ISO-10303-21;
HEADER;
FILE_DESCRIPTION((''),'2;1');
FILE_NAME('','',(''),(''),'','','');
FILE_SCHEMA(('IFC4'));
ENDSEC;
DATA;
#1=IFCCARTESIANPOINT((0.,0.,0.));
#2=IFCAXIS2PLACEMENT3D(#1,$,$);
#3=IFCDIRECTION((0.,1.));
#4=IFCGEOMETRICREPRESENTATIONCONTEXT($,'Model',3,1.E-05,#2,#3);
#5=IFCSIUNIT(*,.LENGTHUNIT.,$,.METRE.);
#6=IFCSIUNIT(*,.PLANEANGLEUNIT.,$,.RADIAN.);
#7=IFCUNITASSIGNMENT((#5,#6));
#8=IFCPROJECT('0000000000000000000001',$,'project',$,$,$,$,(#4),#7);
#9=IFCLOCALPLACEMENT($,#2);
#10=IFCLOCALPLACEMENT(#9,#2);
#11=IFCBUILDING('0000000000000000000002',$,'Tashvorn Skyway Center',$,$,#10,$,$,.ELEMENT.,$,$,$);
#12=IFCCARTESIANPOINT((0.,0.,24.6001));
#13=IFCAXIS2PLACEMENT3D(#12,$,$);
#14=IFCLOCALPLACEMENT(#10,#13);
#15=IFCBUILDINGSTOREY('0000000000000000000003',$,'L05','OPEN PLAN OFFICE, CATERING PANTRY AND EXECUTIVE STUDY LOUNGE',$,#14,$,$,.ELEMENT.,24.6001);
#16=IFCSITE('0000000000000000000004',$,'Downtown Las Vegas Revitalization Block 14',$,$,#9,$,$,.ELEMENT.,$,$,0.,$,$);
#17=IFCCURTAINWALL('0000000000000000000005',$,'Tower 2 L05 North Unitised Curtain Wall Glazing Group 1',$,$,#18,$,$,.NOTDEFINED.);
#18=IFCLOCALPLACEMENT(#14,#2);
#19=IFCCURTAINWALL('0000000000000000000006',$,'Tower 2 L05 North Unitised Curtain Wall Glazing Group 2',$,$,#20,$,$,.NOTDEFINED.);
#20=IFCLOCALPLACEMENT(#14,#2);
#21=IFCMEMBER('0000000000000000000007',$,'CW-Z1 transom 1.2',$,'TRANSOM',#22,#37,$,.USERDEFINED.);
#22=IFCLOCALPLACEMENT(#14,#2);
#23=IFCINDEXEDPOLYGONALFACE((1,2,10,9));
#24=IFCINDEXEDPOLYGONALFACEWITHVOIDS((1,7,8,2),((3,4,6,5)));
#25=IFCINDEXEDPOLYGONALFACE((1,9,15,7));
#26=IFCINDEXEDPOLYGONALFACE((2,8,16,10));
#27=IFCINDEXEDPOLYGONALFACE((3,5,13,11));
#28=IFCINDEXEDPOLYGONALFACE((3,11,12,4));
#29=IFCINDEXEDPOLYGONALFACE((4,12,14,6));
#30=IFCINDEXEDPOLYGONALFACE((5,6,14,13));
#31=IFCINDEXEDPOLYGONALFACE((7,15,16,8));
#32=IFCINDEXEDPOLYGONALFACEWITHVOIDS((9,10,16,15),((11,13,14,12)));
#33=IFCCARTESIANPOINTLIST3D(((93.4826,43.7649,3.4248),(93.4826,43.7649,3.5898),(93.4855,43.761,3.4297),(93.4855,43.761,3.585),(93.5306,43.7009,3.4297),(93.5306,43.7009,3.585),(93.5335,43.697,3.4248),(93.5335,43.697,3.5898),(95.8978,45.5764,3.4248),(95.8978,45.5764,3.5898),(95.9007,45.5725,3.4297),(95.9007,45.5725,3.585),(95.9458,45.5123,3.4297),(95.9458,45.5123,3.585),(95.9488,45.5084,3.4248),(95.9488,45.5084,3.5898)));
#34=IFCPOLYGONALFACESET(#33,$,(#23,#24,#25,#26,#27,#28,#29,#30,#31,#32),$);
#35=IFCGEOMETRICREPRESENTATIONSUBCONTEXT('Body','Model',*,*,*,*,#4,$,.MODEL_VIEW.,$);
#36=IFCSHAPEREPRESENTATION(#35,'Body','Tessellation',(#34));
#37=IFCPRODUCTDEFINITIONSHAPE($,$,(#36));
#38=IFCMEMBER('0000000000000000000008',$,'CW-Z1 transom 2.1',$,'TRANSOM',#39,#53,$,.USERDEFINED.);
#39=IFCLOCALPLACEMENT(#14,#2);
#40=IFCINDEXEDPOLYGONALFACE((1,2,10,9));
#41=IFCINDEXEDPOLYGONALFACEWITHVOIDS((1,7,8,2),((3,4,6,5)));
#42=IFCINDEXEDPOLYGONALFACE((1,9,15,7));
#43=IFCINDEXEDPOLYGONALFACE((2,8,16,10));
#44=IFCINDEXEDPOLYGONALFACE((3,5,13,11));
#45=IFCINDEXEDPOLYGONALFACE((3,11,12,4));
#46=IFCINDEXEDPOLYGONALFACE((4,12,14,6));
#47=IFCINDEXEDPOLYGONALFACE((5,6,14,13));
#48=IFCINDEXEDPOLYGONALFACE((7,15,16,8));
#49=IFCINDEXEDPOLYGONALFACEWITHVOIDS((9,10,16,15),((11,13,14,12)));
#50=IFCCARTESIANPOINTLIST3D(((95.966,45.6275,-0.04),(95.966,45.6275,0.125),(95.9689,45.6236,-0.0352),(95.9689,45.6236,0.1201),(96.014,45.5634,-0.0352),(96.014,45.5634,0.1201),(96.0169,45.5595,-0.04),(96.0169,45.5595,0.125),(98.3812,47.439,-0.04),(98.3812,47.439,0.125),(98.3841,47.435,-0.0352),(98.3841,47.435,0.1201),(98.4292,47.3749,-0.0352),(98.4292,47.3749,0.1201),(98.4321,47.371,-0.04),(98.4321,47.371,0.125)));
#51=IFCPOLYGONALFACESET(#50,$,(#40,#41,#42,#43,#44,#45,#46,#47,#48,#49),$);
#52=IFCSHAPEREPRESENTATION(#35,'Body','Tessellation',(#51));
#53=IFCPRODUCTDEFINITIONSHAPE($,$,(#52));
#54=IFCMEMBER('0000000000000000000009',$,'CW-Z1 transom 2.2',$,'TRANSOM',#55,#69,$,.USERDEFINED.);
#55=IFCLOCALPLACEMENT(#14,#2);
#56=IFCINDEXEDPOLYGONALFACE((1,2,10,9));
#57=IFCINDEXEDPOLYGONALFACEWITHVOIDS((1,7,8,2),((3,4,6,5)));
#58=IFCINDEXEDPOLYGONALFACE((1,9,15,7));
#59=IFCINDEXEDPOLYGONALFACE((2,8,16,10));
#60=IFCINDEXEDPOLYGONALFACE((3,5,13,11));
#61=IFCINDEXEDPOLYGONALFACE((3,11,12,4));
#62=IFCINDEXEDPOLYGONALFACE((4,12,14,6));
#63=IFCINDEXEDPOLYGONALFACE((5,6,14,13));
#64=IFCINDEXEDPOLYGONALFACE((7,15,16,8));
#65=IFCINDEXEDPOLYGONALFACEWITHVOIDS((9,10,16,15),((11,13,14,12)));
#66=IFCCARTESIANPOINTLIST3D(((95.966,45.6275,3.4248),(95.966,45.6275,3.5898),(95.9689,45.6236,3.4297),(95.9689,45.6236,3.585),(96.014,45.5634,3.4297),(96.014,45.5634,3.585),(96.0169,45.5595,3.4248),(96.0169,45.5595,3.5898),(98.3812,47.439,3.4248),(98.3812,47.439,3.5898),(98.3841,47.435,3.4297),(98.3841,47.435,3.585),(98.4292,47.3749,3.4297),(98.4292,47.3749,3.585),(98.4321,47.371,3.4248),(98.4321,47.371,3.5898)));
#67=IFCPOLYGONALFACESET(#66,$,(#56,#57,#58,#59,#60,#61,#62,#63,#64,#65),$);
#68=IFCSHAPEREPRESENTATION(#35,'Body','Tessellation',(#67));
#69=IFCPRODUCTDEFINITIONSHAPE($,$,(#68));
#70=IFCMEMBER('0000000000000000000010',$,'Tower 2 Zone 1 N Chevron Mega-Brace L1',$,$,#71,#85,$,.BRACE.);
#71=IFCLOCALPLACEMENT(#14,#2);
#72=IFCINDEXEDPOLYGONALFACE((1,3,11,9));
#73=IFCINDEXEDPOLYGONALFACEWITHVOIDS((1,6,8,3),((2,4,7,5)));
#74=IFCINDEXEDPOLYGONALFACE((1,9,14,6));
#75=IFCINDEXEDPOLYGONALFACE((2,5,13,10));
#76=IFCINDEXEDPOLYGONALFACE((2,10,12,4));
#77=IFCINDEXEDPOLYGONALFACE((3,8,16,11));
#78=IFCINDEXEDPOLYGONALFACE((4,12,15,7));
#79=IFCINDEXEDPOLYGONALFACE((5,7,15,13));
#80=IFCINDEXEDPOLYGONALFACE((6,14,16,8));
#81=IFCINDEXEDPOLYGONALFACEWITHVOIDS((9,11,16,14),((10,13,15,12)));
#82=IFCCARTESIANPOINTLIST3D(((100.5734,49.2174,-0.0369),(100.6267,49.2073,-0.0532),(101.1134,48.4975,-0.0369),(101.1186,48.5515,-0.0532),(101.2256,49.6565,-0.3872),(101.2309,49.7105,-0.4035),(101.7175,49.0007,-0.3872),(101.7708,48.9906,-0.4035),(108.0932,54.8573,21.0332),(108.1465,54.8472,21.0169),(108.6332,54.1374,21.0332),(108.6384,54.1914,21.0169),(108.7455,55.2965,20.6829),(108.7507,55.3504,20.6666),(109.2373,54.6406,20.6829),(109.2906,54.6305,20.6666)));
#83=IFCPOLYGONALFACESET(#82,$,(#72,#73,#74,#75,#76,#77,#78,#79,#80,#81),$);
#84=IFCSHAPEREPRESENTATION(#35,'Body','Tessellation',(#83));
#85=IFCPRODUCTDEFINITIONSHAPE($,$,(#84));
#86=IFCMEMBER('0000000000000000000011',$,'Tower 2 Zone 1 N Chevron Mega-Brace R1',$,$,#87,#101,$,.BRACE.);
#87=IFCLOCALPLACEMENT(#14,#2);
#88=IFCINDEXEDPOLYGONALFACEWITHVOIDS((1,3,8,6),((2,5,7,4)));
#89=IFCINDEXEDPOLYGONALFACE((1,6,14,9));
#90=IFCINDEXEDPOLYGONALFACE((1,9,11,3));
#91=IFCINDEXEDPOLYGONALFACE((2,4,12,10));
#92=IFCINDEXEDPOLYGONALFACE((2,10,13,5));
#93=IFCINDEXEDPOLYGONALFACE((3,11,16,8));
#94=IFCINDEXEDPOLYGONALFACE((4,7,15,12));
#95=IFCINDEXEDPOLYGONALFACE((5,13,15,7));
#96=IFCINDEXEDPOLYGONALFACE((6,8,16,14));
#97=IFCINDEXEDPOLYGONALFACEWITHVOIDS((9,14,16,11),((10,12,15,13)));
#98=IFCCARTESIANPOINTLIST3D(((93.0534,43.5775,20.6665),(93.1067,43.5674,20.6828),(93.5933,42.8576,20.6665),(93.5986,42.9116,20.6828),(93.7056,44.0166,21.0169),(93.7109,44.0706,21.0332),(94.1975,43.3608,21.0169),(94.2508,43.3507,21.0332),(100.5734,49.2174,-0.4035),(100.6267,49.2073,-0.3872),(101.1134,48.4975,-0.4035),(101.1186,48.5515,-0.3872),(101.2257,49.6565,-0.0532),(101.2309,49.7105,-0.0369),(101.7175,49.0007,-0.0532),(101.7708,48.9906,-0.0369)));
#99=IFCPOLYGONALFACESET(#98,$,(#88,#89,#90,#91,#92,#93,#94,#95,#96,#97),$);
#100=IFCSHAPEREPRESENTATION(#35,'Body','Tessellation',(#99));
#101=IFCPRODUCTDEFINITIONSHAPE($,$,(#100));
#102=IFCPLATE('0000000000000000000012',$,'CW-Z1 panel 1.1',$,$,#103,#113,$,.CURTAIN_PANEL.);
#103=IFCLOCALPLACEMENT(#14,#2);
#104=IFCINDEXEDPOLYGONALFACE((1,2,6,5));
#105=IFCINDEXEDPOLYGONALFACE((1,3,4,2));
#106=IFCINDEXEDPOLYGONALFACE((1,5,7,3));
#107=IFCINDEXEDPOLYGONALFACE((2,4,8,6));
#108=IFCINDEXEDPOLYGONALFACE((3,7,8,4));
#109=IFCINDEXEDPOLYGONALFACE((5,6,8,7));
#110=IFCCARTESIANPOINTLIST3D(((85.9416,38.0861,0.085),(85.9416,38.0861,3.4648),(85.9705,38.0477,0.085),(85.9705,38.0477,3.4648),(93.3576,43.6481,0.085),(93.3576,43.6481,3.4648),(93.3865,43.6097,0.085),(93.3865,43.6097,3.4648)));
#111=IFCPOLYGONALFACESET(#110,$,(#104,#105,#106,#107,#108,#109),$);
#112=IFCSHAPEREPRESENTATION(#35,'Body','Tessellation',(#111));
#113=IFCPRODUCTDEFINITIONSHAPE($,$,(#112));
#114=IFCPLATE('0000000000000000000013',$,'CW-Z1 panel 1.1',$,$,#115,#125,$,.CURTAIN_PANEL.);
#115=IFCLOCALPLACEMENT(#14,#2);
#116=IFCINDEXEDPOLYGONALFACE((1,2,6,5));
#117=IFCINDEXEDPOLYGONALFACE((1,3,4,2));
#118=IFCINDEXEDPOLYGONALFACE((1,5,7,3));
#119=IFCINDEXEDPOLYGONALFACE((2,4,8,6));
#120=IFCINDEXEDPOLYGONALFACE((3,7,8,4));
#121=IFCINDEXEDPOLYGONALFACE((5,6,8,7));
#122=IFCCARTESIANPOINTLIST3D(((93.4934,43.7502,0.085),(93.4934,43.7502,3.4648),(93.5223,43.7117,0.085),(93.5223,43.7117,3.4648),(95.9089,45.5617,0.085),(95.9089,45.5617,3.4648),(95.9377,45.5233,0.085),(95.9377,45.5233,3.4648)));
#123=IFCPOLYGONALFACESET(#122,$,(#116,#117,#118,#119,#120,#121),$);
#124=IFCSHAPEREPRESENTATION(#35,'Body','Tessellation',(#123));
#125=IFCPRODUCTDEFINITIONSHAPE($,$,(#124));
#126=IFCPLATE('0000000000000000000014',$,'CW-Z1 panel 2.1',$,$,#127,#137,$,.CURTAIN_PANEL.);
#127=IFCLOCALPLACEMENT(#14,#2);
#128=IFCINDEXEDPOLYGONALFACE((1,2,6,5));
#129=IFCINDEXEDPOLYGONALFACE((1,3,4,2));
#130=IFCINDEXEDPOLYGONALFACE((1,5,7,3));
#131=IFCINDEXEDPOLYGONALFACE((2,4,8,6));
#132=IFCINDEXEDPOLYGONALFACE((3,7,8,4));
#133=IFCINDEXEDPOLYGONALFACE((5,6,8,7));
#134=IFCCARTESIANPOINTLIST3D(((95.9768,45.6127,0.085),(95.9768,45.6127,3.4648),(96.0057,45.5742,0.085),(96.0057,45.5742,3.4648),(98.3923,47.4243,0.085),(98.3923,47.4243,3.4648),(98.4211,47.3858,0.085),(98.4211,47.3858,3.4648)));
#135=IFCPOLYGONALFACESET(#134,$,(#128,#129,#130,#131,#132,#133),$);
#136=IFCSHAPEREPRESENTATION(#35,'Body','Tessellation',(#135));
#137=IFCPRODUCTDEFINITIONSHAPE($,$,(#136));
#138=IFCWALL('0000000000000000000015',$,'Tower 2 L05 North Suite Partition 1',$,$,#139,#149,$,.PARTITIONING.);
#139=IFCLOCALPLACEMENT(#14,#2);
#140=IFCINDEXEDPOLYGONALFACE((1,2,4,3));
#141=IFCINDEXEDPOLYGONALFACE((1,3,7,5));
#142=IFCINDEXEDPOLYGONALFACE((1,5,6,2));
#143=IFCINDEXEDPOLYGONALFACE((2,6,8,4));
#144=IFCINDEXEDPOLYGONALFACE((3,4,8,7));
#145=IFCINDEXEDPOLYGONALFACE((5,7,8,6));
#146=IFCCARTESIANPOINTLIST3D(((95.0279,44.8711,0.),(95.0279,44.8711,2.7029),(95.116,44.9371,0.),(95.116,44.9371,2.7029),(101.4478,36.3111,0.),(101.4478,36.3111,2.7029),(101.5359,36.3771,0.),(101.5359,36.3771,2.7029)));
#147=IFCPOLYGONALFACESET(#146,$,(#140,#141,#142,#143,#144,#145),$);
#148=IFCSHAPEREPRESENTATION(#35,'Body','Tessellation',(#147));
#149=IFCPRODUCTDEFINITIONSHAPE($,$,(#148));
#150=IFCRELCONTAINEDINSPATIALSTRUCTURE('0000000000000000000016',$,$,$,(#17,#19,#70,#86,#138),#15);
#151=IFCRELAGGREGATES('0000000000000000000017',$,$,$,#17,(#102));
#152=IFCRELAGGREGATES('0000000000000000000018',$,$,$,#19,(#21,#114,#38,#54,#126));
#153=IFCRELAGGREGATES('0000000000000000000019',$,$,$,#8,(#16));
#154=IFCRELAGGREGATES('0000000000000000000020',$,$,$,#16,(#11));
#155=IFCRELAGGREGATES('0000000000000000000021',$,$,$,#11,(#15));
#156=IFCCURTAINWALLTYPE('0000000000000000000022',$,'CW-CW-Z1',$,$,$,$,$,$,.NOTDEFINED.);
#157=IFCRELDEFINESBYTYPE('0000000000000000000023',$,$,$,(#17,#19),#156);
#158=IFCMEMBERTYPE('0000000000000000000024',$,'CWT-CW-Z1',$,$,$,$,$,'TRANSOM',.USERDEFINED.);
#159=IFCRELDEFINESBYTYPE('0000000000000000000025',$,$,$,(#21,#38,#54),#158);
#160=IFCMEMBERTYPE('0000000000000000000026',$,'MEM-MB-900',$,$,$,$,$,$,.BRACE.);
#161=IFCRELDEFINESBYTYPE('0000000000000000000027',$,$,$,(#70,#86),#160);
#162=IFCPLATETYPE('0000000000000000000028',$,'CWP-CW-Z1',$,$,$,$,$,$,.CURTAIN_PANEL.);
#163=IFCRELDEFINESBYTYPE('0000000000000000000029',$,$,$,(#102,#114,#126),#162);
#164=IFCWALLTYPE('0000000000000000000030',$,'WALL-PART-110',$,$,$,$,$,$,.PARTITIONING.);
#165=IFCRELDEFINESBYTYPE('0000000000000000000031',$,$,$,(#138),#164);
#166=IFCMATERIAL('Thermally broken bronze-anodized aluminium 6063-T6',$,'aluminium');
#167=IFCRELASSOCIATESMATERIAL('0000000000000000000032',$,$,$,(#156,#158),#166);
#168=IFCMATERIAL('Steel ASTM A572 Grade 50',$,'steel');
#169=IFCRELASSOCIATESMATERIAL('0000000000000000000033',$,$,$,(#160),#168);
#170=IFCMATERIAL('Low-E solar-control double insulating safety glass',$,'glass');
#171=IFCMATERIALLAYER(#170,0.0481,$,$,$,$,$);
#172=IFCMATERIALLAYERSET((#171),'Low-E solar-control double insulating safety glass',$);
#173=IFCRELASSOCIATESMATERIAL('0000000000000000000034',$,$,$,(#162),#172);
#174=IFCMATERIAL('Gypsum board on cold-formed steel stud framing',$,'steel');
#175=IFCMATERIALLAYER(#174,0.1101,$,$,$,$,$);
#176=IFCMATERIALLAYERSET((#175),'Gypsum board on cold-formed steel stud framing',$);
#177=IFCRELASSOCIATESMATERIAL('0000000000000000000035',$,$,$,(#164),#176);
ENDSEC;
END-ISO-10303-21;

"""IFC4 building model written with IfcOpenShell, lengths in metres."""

from ifc_helpers import new_model, si_unit, direction, frame, frame_2d, origin, origin_2d, place, context, subcontext, project, spatial, rectangle, hollow_rectangle, extrude, material, layer, layer_set, material_profile, profile_set, type_object, element, aggregate, save


model = new_model("IFC4")

# Units and contexts
model_context = context("Model", 3, precision=1e-05, world=origin(), true_north=direction((0.0, 1.0)))
body_context = subcontext(model_context, "Body", "Model", "MODEL_VIEW")
ifc_project = project(units=[si_unit("LENGTHUNIT", "METRE"), si_unit("PLANEANGLEUNIT", "RADIAN")], contexts=[model_context])

# Site, building, storey
site_placement = place(None, origin())
site = spatial("IfcSite", under=ifc_project, at=site_placement, Name="Downtown Las Vegas Revitalization Block 14", CompositionType="ELEMENT", RefElevation=0.0)
building_placement = place(site_placement, origin())
building = spatial("IfcBuilding", under=site, at=building_placement, Name="Tashvorn Skyway Center", CompositionType="ELEMENT")
storey_placement = place(building_placement, frame((0.0, 0.0, 24.6001)))
storey = spatial("IfcBuildingStorey", under=building, at=storey_placement, Name="L05", Description="OPEN PLAN OFFICE, CATERING PANTRY AND EXECUTIVE STUDY LOUNGE", CompositionType="ELEMENT", Elevation=24.6001)

# Shared definitions
ifc_material_1 = material(Name="Steel ASTM A572 Grade 50", Category="steel")

# Curtain wall
ifc_material_2 = material(Name="Thermally broken bronze-anodized aluminium 6063-T6", Category="aluminium")
curtain_wall_type = type_object("IfcCurtainWallType", Name="CW-CW-Z1", PredefinedType="NOTDEFINED", material=ifc_material_2)
curtain_wall_1_placement = place(storey_placement, origin())
curtain_wall_1 = element("IfcCurtainWall", 1, at=curtain_wall_1_placement, inside=storey, type_object=curtain_wall_type, Name="Tower 2 L05 North Unitised Curtain Wall Glazing Group 1", PredefinedType="NOTDEFINED")

# Curtain wall, members
curtain_wall_2_placement = place(storey_placement, origin())
curtain_wall_2 = element("IfcCurtainWall", 2, at=curtain_wall_2_placement, inside=storey, type_object=curtain_wall_type, Name="Tower 2 L05 North Unitised Curtain Wall Glazing Group 2", PredefinedType="NOTDEFINED")
ifc_material_profile_1 = material_profile(ifc_material_2, hollow_rectangle(XDim=0.085, YDim=0.165, WallThickness=0.0049, at=origin_2d()), Name="ALU-TRAN-85x165")
ifc_profile_set_1 = profile_set([ifc_material_profile_1], Name="Thermally broken bronze-anodized aluminium 6063-T6")
member_type_1 = type_object("IfcMemberType", Name="CWT-CW-Z1", ElementType="TRANSOM", PredefinedType="USERDEFINED", material=ifc_profile_set_1)
member_1_placement = place(storey_placement, frame((93.5081, 43.731, 3.5073), z_axis=(0.79999, 0.600013, 0.0), x_axis=(-0.600013, 0.79999, 0.0)))
member_1 = element("IfcMember", 3, at=member_1_placement, type_object=member_type_1, Name="CW-Z1 transom 1.2", ObjectType="TRANSOM", PredefinedType="USERDEFINED", context=body_context, shape_type="SweptSolid", body=[
    extrude(hollow_rectangle(XDim=0.085, YDim=0.165, WallThickness=0.0049, at=origin_2d()), origin(), (0.0, 0.0, 1.0), 3.019),
])
member_2_placement = place(storey_placement, frame((95.9915, 45.5935, 0.0425), z_axis=(0.79999, 0.600013, 0.0), x_axis=(-0.600013, 0.79999, 0.0)))
member_2 = element("IfcMember", 4, at=member_2_placement, type_object=member_type_1, Name="CW-Z1 transom 2.1", ObjectType="TRANSOM", PredefinedType="USERDEFINED", context=body_context, shape_type="SweptSolid", body=[
    extrude(hollow_rectangle(XDim=0.085, YDim=0.165, WallThickness=0.0049, at=origin_2d()), origin(), (0.0, 0.0, 1.0), 3.019),
])
member_3_placement = place(storey_placement, frame((95.9915, 45.5935, 3.5073), z_axis=(0.79999, 0.600013, 0.0), x_axis=(-0.600013, 0.79999, 0.0)))
member_3 = element("IfcMember", 5, at=member_3_placement, type_object=member_type_1, Name="CW-Z1 transom 2.2", ObjectType="TRANSOM", PredefinedType="USERDEFINED", context=body_context, shape_type="SweptSolid", body=[
    extrude(hollow_rectangle(XDim=0.085, YDim=0.165, WallThickness=0.0049, at=origin_2d()), origin(), (0.0, 0.0, 1.0), 3.019),
])

# Members
ifc_material_profile_2 = material_profile(ifc_material_1, hollow_rectangle(XDim=0.8999, YDim=0.8999, WallThickness=0.04, at=origin_2d()), Name="BOX900x900x40")
ifc_profile_set_2 = profile_set([ifc_material_profile_2], Name="Steel ASTM A572 Grade 50")
member_type_2 = type_object("IfcMemberType", Name="MEM-MB-900", PredefinedType="BRACE", material=ifc_profile_set_2)
for number, where, z_axis, x_axis, name in (
    (6, (101.1721, 49.104, -0.2202), (0.325931, 0.244451, 0.913243), (-0.600004, 0.799997, 0.0), "Tower 2 Zone 1 N Chevron Mega-Brace L1"),
    (7, (101.1721, 49.104, -0.2202), (-0.32594, -0.24445, 0.91324), (0.599992, -0.800006, 0.0), "Tower 2 Zone 1 N Chevron Mega-Brace R1"),
):
    element("IfcMember", number, at=place(storey_placement, frame(where, z_axis=z_axis, x_axis=x_axis)), inside=storey, type_object=member_type_2, Name=name, PredefinedType="BRACE", context=body_context, shape_type="SweptSolid", body=[
        extrude(hollow_rectangle(XDim=0.8999, YDim=0.8999, WallThickness=0.04, at=origin_2d()), origin(), (0.0, 0.0, 1.0), 23.0718),
    ])

# Plates
ifc_material_3 = material(Name="Low-E solar-control double insulating safety glass", Category="glass")
ifc_layer_1 = layer(ifc_material_3, 0.0481)
ifc_layer_set_1 = layer_set([ifc_layer_1], Name="Low-E solar-control double insulating safety glass")
plate_type = type_object("IfcPlateType", Name="CWP-CW-Z1", PredefinedType="CURTAIN_PANEL", material=ifc_layer_set_1)
plate_1_placement = place(storey_placement, frame((89.6641, 40.8479, 0.085), z_axis=(0.0, 0.0, 1.0), x_axis=(0.8, 0.6, 0.0)))
plate_1 = element("IfcPlate", 8, at=plate_1_placement, type_object=plate_type, Name="CW-Z1 panel 1.1", PredefinedType="CURTAIN_PANEL", context=body_context, shape_type="SweptSolid", body=[
    extrude(rectangle(XDim=9.27, YDim=0.0481, at=origin_2d()), origin(), (0.0, 0.0, 1.0), 3.3799),
])
aggregate(curtain_wall_1, [plate_1])
plate_2_placement = place(storey_placement, frame((94.7156, 44.6367, 0.085), z_axis=(0.0, 0.0, 1.0), x_axis=(0.800002, 0.599997, 0.0)))
plate_2 = element("IfcPlate", 9, at=plate_2_placement, type_object=plate_type, Name="CW-Z1 panel 1.1", PredefinedType="CURTAIN_PANEL", context=body_context, shape_type="SweptSolid", body=[
    extrude(rectangle(XDim=3.0193, YDim=0.0481, at=origin_2d()), origin(), (0.0, 0.0, 1.0), 3.3799),
])
plate_3_placement = place(storey_placement, frame((97.199, 46.4993, 0.085), z_axis=(0.0, 0.0, 1.0), x_axis=(0.800002, 0.599997, 0.0)))
plate_3 = element("IfcPlate", 10, at=plate_3_placement, type_object=plate_type, Name="CW-Z1 panel 2.1", PredefinedType="CURTAIN_PANEL", context=body_context, shape_type="SweptSolid", body=[
    extrude(rectangle(XDim=3.0193, YDim=0.0481, at=origin_2d()), origin(), (0.0, 0.0, 1.0), 3.3799),
])
aggregate(curtain_wall_2, [member_1, plate_2, member_2, member_3, plate_3])

# Wall
ifc_material_4 = material(Name="Gypsum board on cold-formed steel stud framing", Category="steel")
ifc_layer_2 = layer(ifc_material_4, 0.1101)
ifc_layer_set_2 = layer_set([ifc_layer_2], Name="Gypsum board on cold-formed steel stud framing")
wall_type_1 = type_object("IfcWallType", Name="WALL-PART-110", PredefinedType="PARTITIONING", material=ifc_layer_set_2)
wall_1_placement = place(storey_placement, frame((101.4919, 36.344, 0.0), z_axis=(0.0, 0.0, 1.0), x_axis=(-0.599993, 0.800005, 0.0)))
element("IfcWall", 11, at=wall_1_placement, inside=storey, type_object=wall_type_1, Name="Tower 2 L05 North Suite Partition 1", PredefinedType="PARTITIONING", context=body_context, shape_type="SweptSolid", body=[
    extrude(rectangle(XDim=10.7, YDim=0.1101, at=frame_2d((5.3501, 0.0))), origin(), (0.0, 0.0, 1.0), 2.7029),
])

save(model, "model.ifc")
